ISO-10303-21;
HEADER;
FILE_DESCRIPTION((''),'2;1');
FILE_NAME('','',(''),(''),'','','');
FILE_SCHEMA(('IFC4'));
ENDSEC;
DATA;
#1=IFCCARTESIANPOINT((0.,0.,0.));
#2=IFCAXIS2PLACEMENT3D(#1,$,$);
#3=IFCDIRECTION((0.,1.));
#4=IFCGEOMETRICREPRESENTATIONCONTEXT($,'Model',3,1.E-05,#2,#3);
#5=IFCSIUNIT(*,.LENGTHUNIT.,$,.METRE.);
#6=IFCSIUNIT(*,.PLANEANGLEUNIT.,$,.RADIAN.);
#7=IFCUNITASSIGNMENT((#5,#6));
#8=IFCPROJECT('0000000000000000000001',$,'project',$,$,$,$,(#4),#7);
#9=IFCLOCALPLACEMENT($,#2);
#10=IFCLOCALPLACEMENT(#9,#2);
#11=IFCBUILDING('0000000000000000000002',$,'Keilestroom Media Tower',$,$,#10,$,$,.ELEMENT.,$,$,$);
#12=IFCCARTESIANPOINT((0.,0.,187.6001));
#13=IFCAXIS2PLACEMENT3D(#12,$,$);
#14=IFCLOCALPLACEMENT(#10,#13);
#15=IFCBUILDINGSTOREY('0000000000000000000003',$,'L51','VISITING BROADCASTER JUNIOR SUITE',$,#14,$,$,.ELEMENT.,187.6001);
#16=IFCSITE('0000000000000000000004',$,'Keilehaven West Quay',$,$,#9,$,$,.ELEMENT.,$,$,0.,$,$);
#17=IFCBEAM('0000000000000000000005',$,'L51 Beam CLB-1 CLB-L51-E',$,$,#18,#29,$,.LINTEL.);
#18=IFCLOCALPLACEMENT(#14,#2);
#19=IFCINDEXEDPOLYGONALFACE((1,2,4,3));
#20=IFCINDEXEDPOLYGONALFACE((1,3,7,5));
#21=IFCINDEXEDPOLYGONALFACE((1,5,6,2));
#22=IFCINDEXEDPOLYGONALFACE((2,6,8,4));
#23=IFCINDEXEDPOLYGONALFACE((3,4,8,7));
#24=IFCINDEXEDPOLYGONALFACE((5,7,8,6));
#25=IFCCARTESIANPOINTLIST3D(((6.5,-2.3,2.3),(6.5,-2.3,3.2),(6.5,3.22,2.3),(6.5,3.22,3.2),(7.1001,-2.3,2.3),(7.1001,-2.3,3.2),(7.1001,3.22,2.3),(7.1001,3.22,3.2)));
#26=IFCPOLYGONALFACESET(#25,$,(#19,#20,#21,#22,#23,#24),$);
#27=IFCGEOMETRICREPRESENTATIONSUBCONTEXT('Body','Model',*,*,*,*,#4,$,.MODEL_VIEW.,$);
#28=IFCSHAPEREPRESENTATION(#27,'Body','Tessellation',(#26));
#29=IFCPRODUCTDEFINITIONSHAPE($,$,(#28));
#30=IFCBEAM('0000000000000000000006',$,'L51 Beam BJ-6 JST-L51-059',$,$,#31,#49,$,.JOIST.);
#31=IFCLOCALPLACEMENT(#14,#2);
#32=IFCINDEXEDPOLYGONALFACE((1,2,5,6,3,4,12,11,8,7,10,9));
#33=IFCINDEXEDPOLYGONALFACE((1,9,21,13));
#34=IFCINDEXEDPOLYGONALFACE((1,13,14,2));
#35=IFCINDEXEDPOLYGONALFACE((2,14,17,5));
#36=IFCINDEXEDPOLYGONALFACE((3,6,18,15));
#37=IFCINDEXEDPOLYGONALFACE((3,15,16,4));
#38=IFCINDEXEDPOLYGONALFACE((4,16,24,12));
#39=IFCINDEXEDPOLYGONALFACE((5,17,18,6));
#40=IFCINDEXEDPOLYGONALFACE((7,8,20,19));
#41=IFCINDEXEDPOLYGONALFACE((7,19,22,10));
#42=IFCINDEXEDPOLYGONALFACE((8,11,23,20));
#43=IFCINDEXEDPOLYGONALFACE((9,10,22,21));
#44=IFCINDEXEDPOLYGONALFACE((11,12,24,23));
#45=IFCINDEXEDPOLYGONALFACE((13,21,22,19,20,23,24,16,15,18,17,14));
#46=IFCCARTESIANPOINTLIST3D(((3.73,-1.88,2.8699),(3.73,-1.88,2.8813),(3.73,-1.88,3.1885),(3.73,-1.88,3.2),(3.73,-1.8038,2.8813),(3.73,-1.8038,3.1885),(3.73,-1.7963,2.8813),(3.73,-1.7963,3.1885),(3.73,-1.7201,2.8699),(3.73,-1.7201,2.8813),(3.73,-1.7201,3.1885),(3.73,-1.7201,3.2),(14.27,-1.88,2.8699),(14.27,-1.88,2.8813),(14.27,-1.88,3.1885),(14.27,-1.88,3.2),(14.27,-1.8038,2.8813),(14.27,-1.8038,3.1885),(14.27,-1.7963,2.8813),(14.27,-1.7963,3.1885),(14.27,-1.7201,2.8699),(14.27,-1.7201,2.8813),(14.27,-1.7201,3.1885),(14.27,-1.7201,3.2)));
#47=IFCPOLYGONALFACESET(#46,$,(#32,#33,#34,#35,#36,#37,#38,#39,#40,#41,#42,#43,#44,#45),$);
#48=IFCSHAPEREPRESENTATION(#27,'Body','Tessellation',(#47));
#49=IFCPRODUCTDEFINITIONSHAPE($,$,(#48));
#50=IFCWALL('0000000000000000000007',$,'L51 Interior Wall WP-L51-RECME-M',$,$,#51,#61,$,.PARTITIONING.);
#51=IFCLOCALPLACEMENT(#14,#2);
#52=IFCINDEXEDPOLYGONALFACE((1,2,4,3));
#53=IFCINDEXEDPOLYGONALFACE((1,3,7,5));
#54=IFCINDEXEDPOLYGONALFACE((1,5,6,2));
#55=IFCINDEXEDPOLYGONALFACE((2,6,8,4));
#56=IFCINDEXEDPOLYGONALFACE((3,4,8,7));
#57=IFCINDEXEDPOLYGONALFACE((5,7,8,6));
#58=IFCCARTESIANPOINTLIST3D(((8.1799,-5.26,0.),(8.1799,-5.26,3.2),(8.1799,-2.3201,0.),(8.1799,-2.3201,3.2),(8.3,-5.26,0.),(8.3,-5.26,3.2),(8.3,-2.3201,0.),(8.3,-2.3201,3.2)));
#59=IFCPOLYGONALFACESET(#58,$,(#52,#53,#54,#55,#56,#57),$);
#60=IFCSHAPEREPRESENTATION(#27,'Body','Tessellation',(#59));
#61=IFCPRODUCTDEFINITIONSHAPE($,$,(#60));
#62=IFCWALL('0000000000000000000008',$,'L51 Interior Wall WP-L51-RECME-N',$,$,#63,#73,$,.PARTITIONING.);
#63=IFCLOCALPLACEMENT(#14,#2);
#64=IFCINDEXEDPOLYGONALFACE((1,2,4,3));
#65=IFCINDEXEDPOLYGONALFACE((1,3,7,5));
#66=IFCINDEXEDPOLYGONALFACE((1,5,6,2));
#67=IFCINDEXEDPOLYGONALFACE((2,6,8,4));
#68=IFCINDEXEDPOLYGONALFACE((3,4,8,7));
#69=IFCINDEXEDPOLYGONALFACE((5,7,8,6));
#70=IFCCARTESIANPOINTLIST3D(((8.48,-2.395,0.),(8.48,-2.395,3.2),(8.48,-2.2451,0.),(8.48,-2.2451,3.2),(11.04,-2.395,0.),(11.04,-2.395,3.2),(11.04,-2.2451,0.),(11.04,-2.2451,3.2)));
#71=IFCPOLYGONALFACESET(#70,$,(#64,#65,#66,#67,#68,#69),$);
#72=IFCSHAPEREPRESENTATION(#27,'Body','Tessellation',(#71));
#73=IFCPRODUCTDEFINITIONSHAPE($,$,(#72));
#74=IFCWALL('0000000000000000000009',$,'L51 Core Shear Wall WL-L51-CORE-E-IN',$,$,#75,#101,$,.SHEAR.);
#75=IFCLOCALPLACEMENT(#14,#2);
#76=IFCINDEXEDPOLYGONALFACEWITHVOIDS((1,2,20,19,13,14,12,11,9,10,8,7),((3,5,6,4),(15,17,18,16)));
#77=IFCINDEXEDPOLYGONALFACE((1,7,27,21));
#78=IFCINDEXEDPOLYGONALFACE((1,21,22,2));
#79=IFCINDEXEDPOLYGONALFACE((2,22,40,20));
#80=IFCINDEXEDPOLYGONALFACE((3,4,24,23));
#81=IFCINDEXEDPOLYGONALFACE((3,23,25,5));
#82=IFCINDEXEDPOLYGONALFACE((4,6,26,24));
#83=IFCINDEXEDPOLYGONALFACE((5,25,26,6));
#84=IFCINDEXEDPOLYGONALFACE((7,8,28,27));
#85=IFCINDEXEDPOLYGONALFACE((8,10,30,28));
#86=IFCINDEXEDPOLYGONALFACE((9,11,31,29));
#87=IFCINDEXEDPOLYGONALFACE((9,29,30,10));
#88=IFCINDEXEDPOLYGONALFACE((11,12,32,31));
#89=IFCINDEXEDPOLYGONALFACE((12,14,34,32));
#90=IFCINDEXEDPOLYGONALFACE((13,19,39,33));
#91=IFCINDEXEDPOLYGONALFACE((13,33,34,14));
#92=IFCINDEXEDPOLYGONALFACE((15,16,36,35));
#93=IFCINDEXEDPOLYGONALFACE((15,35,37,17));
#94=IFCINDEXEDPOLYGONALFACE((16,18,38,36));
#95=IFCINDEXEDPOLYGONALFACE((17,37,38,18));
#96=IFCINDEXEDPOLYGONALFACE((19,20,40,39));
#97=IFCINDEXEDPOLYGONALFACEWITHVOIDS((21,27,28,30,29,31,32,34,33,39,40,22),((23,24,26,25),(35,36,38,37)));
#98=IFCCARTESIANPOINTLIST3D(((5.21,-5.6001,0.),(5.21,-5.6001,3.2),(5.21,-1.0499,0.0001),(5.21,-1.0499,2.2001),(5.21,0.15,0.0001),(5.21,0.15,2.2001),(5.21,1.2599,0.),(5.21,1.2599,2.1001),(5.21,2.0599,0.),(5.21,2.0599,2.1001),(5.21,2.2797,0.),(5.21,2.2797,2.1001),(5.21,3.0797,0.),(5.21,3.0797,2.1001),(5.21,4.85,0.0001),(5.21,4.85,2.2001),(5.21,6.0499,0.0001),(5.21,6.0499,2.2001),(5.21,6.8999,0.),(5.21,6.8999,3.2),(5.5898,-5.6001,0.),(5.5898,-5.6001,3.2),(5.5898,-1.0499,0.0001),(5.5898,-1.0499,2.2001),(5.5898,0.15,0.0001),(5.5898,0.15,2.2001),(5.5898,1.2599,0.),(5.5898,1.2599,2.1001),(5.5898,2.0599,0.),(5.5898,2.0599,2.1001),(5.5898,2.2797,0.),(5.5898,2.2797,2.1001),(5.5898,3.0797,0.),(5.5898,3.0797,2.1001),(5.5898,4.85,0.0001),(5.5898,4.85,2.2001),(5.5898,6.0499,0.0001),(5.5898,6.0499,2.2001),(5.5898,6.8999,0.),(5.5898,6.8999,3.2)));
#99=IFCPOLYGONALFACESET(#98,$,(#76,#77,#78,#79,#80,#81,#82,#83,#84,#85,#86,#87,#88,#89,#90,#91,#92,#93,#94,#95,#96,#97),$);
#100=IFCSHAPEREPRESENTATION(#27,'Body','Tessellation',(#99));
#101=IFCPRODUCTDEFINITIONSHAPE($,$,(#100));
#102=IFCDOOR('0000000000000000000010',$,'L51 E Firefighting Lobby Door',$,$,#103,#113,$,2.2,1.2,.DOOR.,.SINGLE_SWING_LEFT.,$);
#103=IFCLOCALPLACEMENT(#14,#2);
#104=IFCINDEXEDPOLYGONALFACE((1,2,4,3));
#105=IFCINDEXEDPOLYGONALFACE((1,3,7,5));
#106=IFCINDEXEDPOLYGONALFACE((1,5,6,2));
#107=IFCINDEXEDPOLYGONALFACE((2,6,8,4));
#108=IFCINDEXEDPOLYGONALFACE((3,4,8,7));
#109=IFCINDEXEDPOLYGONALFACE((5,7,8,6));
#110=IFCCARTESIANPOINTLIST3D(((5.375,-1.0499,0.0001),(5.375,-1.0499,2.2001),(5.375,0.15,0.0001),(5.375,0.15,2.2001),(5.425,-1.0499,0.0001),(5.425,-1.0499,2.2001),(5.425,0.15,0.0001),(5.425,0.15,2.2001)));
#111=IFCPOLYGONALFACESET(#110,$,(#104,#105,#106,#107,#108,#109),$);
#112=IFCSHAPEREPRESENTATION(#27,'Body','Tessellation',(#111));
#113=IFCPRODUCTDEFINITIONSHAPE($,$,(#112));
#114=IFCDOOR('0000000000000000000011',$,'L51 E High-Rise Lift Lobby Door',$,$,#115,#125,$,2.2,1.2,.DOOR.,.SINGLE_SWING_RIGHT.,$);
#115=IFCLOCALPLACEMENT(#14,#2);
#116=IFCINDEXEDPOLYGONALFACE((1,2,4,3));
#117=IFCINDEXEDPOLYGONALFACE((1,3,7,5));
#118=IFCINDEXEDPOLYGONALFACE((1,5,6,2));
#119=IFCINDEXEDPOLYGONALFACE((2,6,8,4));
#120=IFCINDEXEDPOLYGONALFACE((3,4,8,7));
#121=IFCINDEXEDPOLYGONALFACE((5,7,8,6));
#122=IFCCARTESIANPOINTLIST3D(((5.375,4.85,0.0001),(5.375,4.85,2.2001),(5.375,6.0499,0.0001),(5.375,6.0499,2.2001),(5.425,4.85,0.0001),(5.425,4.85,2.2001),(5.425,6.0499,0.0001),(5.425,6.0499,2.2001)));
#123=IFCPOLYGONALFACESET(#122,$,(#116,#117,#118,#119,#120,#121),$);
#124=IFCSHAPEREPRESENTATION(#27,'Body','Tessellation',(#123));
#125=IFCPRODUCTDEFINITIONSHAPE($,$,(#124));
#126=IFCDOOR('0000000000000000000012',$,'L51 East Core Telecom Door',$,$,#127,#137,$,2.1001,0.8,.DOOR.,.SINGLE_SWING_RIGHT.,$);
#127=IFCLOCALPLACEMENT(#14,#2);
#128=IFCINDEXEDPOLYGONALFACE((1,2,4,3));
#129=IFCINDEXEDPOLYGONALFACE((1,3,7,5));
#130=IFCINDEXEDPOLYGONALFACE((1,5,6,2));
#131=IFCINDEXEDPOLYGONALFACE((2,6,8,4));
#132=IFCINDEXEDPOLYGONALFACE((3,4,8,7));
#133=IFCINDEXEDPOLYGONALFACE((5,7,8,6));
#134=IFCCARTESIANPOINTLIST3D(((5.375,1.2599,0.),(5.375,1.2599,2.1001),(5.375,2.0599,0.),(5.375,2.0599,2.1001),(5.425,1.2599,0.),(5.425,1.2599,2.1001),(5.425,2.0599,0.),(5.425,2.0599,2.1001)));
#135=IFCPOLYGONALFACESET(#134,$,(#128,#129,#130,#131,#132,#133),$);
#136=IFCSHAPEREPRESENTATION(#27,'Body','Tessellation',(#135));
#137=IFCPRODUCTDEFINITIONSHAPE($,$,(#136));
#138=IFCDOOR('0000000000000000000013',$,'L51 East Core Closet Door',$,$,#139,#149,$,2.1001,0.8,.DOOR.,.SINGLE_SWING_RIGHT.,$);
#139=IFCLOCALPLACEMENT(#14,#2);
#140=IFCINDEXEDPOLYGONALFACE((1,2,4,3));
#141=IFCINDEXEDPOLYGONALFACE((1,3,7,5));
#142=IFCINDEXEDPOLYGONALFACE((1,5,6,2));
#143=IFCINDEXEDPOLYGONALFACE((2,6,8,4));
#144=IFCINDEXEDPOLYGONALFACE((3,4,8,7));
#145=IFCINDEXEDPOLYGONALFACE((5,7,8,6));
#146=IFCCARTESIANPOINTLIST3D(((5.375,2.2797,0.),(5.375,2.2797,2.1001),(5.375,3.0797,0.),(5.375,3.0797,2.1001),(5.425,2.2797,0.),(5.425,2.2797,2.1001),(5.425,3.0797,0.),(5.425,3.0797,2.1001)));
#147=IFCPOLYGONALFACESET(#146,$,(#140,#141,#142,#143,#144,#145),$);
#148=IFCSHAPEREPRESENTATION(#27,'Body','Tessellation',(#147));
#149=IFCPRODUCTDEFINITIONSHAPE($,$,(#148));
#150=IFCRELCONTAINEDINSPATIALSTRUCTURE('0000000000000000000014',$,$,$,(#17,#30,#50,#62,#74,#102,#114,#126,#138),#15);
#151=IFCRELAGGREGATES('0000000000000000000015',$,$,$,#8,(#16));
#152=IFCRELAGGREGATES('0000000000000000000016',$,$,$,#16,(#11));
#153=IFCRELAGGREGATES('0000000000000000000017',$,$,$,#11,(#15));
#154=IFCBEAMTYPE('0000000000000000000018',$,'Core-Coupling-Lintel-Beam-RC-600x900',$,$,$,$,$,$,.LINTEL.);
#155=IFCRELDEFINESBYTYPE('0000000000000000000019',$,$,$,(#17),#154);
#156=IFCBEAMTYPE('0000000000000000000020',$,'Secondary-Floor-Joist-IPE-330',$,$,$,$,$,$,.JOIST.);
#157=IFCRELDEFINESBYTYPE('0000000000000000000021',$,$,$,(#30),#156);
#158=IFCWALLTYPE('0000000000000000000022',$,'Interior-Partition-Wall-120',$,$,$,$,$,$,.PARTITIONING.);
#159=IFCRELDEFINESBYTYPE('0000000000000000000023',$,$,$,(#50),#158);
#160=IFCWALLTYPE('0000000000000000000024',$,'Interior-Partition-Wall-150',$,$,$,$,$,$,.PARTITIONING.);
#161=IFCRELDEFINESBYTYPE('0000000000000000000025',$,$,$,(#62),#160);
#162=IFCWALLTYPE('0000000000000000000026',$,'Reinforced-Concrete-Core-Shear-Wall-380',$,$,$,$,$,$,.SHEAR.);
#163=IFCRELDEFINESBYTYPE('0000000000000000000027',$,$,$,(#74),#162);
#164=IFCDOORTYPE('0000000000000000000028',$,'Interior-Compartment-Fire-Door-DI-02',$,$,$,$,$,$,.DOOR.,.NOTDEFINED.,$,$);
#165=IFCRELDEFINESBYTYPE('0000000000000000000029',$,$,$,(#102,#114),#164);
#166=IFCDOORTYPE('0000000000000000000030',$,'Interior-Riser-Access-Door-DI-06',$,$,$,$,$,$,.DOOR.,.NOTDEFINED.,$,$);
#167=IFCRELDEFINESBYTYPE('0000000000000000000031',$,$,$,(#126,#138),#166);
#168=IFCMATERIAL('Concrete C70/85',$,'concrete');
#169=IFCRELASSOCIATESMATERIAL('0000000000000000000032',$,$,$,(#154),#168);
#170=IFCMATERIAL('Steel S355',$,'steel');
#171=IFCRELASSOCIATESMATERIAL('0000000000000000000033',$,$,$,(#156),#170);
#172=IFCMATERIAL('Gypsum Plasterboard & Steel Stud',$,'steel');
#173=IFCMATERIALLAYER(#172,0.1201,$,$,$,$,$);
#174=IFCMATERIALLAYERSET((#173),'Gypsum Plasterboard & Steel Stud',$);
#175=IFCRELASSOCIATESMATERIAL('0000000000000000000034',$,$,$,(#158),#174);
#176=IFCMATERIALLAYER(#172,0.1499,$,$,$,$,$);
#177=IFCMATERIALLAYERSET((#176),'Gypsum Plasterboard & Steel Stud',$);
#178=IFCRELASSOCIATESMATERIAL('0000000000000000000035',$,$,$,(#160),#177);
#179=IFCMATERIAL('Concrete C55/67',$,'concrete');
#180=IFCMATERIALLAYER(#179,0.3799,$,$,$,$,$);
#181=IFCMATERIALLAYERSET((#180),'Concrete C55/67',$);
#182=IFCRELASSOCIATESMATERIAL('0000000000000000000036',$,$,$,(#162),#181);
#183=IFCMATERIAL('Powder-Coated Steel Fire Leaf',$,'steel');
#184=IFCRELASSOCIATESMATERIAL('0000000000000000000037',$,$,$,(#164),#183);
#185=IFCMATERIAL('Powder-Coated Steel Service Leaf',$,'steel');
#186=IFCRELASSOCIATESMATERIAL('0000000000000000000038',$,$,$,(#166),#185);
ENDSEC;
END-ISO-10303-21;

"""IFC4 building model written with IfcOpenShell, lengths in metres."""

from ifc_helpers import new_model, si_unit, direction, frame, frame_2d, origin, origin_2d, place, context, subcontext, project, spatial, rectangle, i_section, extrude, source, transform, mapped, material, layer, layer_set, material_profile, profile_set, type_object, element, fill, save


model = new_model("IFC4")

# Units and contexts
model_context = context("Model", 3, precision=1e-05, world=origin(), true_north=direction((0.0, 1.0)))
body_context = subcontext(model_context, "Body", "Model", "MODEL_VIEW")
ifc_project = project(units=[si_unit("LENGTHUNIT", "METRE"), si_unit("PLANEANGLEUNIT", "RADIAN")], contexts=[model_context])

# Site, building, storey
site_placement = place(None, origin())
site = spatial("IfcSite", under=ifc_project, at=site_placement, Name="Keilehaven West Quay", CompositionType="ELEMENT", RefElevation=0.0)
building_placement = place(site_placement, origin())
building = spatial("IfcBuilding", under=site, at=building_placement, Name="Keilestroom Media Tower", CompositionType="ELEMENT")
storey_placement = place(building_placement, frame((0.0, 0.0, 187.6001)))
storey = spatial("IfcBuildingStorey", under=building, at=storey_placement, Name="L51", Description="VISITING BROADCASTER JUNIOR SUITE", CompositionType="ELEMENT", Elevation=187.6001)

# Beams
ifc_material_1 = material(Name="Concrete C70/85", Category="concrete")
ifc_material_profile_1 = material_profile(ifc_material_1, rectangle(XDim=0.6001, YDim=0.8999, at=origin_2d()), Name="RC 600x900")
ifc_profile_set_1 = profile_set([ifc_material_profile_1], Name="Concrete C70/85")
beam_type_1 = type_object("IfcBeamType", Name="Core-Coupling-Lintel-Beam-RC-600x900", PredefinedType="LINTEL", material=ifc_profile_set_1)
shared_shape_1 = source(origin(), body_context, "Body", "SweptSolid", [
    extrude(rectangle(XDim=0.6001, YDim=0.8999, at=origin_2d()), origin(), (0.0, 0.0, 1.0), 5.52),
])
beam_1_placement = place(storey_placement, frame((6.8, -2.3, 2.75), z_axis=(0.0, 1.0, 0.0), x_axis=(-1.0, 0.0, 0.0)))
element("IfcBeam", 1, at=beam_1_placement, inside=storey, type_object=beam_type_1, Name="L51 Beam CLB-1 CLB-L51-E", PredefinedType="LINTEL", context=body_context, shape_type="MappedRepresentation", body=[
    mapped(shared_shape_1, transform((0.0, 0.0, 0.0), x_axis=(1.0, 0.0, 0.0), y_axis=(0.0, 1.0, 0.0), z_axis=(0.0, 0.0, 1.0), scale=1.0)),
])
ifc_material_2 = material(Name="Steel S355", Category="steel")
ifc_material_profile_2 = material_profile(ifc_material_2, i_section(OverallWidth=0.1599, OverallDepth=0.3301, WebThickness=0.0076, FlangeThickness=0.0115, at=origin_2d()), Name="IPE 330")
ifc_profile_set_2 = profile_set([ifc_material_profile_2], Name="Steel S355")
beam_type_2 = type_object("IfcBeamType", Name="Secondary-Floor-Joist-IPE-330", PredefinedType="JOIST", material=ifc_profile_set_2)
shared_shape_2 = source(origin(), body_context, "Body", "SweptSolid", [
    extrude(i_section(OverallWidth=0.1599, OverallDepth=0.3301, WebThickness=0.0076, FlangeThickness=0.0115, at=origin_2d()), origin(), (0.0, 0.0, 1.0), 10.54),
])
beam_2_placement = place(storey_placement, frame((3.73, -1.8, 3.0349), z_axis=(1.0, 0.0, 0.0), x_axis=(0.0, 1.0, 0.0)))
element("IfcBeam", 2, at=beam_2_placement, inside=storey, type_object=beam_type_2, Name="L51 Beam BJ-6 JST-L51-059", PredefinedType="JOIST", context=body_context, shape_type="MappedRepresentation", body=[
    mapped(shared_shape_2, transform((0.0, 0.0, 0.0), x_axis=(1.0, 0.0, 0.0), y_axis=(0.0, 1.0, 0.0), z_axis=(0.0, 0.0, 1.0), scale=1.0)),
])

# Walls
ifc_material_3 = material(Name="Gypsum Plasterboard & Steel Stud", Category="steel")
ifc_layer_1 = layer(ifc_material_3, 0.1201)
ifc_layer_set_1 = layer_set([ifc_layer_1], Name="Gypsum Plasterboard & Steel Stud")
wall_type_1 = type_object("IfcWallType", Name="Interior-Partition-Wall-120", PredefinedType="PARTITIONING", material=ifc_layer_set_1)
wall_1_placement = place(storey_placement, frame((8.24, -5.26, 0.0), z_axis=(0.0, 0.0, 1.0), x_axis=(0.0, 1.0, 0.0)))
element("IfcWall", 3, at=wall_1_placement, inside=storey, type_object=wall_type_1, Name="L51 Interior Wall WP-L51-RECME-M", PredefinedType="PARTITIONING", context=body_context, shape_type="SweptSolid", body=[
    extrude(rectangle(XDim=2.9399, YDim=0.1201, at=frame_2d((1.47, 0.0))), origin(), (0.0, 0.0, 1.0), 3.2),
])
ifc_layer_2 = layer(ifc_material_3, 0.1499)
ifc_layer_set_2 = layer_set([ifc_layer_2], Name="Gypsum Plasterboard & Steel Stud")
wall_type_2 = type_object("IfcWallType", Name="Interior-Partition-Wall-150", PredefinedType="PARTITIONING", material=ifc_layer_set_2)
wall_2_placement = place(storey_placement, frame((8.48, -2.3201, 0.0), z_axis=(0.0, 0.0, 1.0), x_axis=(1.0, 0.0, 0.0)))
element("IfcWall", 4, at=wall_2_placement, inside=storey, type_object=wall_type_2, Name="L51 Interior Wall WP-L51-RECME-N", PredefinedType="PARTITIONING", context=body_context, shape_type="SweptSolid", body=[
    extrude(rectangle(XDim=2.5601, YDim=0.1499, at=frame_2d((1.28, 0.0))), origin(), (0.0, 0.0, 1.0), 3.2),
])

# Wall, openings, doors
ifc_material_4 = material(Name="Concrete C55/67", Category="concrete")
ifc_layer_3 = layer(ifc_material_4, 0.3799)
ifc_layer_set_3 = layer_set([ifc_layer_3], Name="Concrete C55/67")
wall_type_3 = type_object("IfcWallType", Name="Reinforced-Concrete-Core-Shear-Wall-380", PredefinedType="SHEAR", material=ifc_layer_set_3)
wall_3_placement = place(storey_placement, frame((5.3999, -5.6001, 0.0), z_axis=(0.0, 0.0, 1.0), x_axis=(0.0, 1.0, 0.0)))
wall_3 = element("IfcWall", 5, at=wall_3_placement, inside=storey, type_object=wall_type_3, Name="L51 Core Shear Wall WL-L51-CORE-E-IN", PredefinedType="SHEAR", context=body_context, shape_type="SweptSolid", body=[
    extrude(rectangle(XDim=12.5, YDim=0.3799, at=frame_2d((6.25, 0.0))), origin(), (0.0, 0.0, 1.0), 3.2),
])
opening_1_placement = place(wall_3_placement, frame((4.55, 0.0, 0.0)))
opening_1 = element("IfcOpeningElement", 6, at=opening_1_placement, cuts=wall_3, PredefinedType="OPENING", context=body_context, shape_type="SweptSolid", body=[
    extrude(rectangle(XDim=1.2, YDim=2.2, at=frame_2d((0.6001, 1.1001))), frame((0.0, 0.2, 0.0), z_axis=(0.0, -1.0, 0.0), x_axis=(1.0, 0.0, 0.0)), (0.0, 0.0, 1.0), 0.3999),
])
opening_2_placement = place(wall_3_placement, frame((10.45, 0.0, 0.0)))
opening_2 = element("IfcOpeningElement", 7, at=opening_2_placement, cuts=wall_3, PredefinedType="OPENING", context=body_context, shape_type="SweptSolid", body=[
    extrude(rectangle(XDim=1.2, YDim=2.2, at=frame_2d((0.6001, 1.1001))), frame((0.0, 0.2, 0.0), z_axis=(0.0, -1.0, 0.0), x_axis=(1.0, 0.0, 0.0)), (0.0, 0.0, 1.0), 0.3999),
])
opening_3_placement = place(wall_3_placement, frame((6.8601, 0.0, 0.0)))
opening_3 = element("IfcOpeningElement", 8, at=opening_3_placement, cuts=wall_3, PredefinedType="OPENING", context=body_context, shape_type="SweptSolid", body=[
    extrude(rectangle(XDim=0.8, YDim=2.1001, at=frame_2d((0.3999, 1.05))), frame((0.0, 0.2, 0.0), z_axis=(0.0, -1.0, 0.0), x_axis=(1.0, 0.0, 0.0)), (0.0, 0.0, 1.0), 0.3999),
])
opening_4_placement = place(wall_3_placement, frame((7.8799, 0.0, 0.0)))
opening_4 = element("IfcOpeningElement", 9, at=opening_4_placement, cuts=wall_3, PredefinedType="OPENING", context=body_context, shape_type="SweptSolid", body=[
    extrude(rectangle(XDim=0.8, YDim=2.1001, at=frame_2d((0.3999, 1.05))), frame((0.0, 0.2, 0.0), z_axis=(0.0, -1.0, 0.0), x_axis=(1.0, 0.0, 0.0)), (0.0, 0.0, 1.0), 0.3999),
])
ifc_material_5 = material(Name="Powder-Coated Steel Fire Leaf", Category="steel")
door_type_1 = type_object("IfcDoorType", Name="Interior-Compartment-Fire-Door-DI-02", OperationType="NOTDEFINED", PredefinedType="DOOR", material=ifc_material_5)
shared_shape_3 = source(origin(), body_context, "Body", "SweptSolid", [
    extrude(rectangle(XDim=1.2, YDim=2.2, at=frame_2d((0.6001, 1.1001))), frame((0.0, 0.0249, 0.0), z_axis=(0.0, -1.0, 0.0), x_axis=(1.0, 0.0, 0.0)), (0.0, 0.0, 1.0), 0.05),
])
door_1_placement = place(opening_1_placement, origin())
door_1 = element("IfcDoor", 10, at=door_1_placement, inside=storey, type_object=door_type_1, Name="L51 E Firefighting Lobby Door", OperationType="SINGLE_SWING_LEFT", OverallHeight=2.2, OverallWidth=1.2, PredefinedType="DOOR", context=body_context, shape_type="MappedRepresentation", body=[
    mapped(shared_shape_3, transform((0.0, 0.0, 0.0), x_axis=(1.0, 0.0, 0.0), y_axis=(0.0, 1.0, 0.0), z_axis=(0.0, 0.0, 1.0), scale=1.0)),
])
fill(opening_1, door_1)
door_2_placement = place(opening_2_placement, origin())
door_2 = element("IfcDoor", 11, at=door_2_placement, inside=storey, type_object=door_type_1, Name="L51 E High-Rise Lift Lobby Door", OperationType="SINGLE_SWING_RIGHT", OverallHeight=2.2, OverallWidth=1.2, PredefinedType="DOOR", context=body_context, shape_type="MappedRepresentation", body=[
    mapped(shared_shape_3, transform((0.0, 0.0, 0.0), x_axis=(1.0, 0.0, 0.0), y_axis=(0.0, 1.0, 0.0), z_axis=(0.0, 0.0, 1.0), scale=1.0)),
])
fill(opening_2, door_2)
ifc_material_6 = material(Name="Powder-Coated Steel Service Leaf", Category="steel")
door_type_2 = type_object("IfcDoorType", Name="Interior-Riser-Access-Door-DI-06", OperationType="NOTDEFINED", PredefinedType="DOOR", material=ifc_material_6)
shared_shape_4 = source(origin(), body_context, "Body", "SweptSolid", [
    extrude(rectangle(XDim=0.8, YDim=2.1001, at=frame_2d((0.3999, 1.05))), frame((0.0, 0.0249, 0.0), z_axis=(0.0, -1.0, 0.0), x_axis=(1.0, 0.0, 0.0)), (0.0, 0.0, 1.0), 0.05),
])
door_3_placement = place(opening_3_placement, origin())
door_3 = element("IfcDoor", 12, at=door_3_placement, inside=storey, type_object=door_type_2, Name="L51 East Core Telecom Door", OperationType="SINGLE_SWING_RIGHT", OverallHeight=2.1001, OverallWidth=0.8, PredefinedType="DOOR", context=body_context, shape_type="MappedRepresentation", body=[
    mapped(shared_shape_4, transform((0.0, 0.0, 0.0), x_axis=(1.0, 0.0, 0.0), y_axis=(0.0, 1.0, 0.0), z_axis=(0.0, 0.0, 1.0), scale=1.0)),
])
fill(opening_3, door_3)
door_4_placement = place(opening_4_placement, origin())
door_4 = element("IfcDoor", 13, at=door_4_placement, inside=storey, type_object=door_type_2, Name="L51 East Core Closet Door", OperationType="SINGLE_SWING_RIGHT", OverallHeight=2.1001, OverallWidth=0.8, PredefinedType="DOOR", context=body_context, shape_type="MappedRepresentation", body=[
    mapped(shared_shape_4, transform((0.0, 0.0, 0.0), x_axis=(1.0, 0.0, 0.0), y_axis=(0.0, 1.0, 0.0), z_axis=(0.0, 0.0, 1.0), scale=1.0)),
])
fill(opening_4, door_4)

save(model, "model.ifc")
